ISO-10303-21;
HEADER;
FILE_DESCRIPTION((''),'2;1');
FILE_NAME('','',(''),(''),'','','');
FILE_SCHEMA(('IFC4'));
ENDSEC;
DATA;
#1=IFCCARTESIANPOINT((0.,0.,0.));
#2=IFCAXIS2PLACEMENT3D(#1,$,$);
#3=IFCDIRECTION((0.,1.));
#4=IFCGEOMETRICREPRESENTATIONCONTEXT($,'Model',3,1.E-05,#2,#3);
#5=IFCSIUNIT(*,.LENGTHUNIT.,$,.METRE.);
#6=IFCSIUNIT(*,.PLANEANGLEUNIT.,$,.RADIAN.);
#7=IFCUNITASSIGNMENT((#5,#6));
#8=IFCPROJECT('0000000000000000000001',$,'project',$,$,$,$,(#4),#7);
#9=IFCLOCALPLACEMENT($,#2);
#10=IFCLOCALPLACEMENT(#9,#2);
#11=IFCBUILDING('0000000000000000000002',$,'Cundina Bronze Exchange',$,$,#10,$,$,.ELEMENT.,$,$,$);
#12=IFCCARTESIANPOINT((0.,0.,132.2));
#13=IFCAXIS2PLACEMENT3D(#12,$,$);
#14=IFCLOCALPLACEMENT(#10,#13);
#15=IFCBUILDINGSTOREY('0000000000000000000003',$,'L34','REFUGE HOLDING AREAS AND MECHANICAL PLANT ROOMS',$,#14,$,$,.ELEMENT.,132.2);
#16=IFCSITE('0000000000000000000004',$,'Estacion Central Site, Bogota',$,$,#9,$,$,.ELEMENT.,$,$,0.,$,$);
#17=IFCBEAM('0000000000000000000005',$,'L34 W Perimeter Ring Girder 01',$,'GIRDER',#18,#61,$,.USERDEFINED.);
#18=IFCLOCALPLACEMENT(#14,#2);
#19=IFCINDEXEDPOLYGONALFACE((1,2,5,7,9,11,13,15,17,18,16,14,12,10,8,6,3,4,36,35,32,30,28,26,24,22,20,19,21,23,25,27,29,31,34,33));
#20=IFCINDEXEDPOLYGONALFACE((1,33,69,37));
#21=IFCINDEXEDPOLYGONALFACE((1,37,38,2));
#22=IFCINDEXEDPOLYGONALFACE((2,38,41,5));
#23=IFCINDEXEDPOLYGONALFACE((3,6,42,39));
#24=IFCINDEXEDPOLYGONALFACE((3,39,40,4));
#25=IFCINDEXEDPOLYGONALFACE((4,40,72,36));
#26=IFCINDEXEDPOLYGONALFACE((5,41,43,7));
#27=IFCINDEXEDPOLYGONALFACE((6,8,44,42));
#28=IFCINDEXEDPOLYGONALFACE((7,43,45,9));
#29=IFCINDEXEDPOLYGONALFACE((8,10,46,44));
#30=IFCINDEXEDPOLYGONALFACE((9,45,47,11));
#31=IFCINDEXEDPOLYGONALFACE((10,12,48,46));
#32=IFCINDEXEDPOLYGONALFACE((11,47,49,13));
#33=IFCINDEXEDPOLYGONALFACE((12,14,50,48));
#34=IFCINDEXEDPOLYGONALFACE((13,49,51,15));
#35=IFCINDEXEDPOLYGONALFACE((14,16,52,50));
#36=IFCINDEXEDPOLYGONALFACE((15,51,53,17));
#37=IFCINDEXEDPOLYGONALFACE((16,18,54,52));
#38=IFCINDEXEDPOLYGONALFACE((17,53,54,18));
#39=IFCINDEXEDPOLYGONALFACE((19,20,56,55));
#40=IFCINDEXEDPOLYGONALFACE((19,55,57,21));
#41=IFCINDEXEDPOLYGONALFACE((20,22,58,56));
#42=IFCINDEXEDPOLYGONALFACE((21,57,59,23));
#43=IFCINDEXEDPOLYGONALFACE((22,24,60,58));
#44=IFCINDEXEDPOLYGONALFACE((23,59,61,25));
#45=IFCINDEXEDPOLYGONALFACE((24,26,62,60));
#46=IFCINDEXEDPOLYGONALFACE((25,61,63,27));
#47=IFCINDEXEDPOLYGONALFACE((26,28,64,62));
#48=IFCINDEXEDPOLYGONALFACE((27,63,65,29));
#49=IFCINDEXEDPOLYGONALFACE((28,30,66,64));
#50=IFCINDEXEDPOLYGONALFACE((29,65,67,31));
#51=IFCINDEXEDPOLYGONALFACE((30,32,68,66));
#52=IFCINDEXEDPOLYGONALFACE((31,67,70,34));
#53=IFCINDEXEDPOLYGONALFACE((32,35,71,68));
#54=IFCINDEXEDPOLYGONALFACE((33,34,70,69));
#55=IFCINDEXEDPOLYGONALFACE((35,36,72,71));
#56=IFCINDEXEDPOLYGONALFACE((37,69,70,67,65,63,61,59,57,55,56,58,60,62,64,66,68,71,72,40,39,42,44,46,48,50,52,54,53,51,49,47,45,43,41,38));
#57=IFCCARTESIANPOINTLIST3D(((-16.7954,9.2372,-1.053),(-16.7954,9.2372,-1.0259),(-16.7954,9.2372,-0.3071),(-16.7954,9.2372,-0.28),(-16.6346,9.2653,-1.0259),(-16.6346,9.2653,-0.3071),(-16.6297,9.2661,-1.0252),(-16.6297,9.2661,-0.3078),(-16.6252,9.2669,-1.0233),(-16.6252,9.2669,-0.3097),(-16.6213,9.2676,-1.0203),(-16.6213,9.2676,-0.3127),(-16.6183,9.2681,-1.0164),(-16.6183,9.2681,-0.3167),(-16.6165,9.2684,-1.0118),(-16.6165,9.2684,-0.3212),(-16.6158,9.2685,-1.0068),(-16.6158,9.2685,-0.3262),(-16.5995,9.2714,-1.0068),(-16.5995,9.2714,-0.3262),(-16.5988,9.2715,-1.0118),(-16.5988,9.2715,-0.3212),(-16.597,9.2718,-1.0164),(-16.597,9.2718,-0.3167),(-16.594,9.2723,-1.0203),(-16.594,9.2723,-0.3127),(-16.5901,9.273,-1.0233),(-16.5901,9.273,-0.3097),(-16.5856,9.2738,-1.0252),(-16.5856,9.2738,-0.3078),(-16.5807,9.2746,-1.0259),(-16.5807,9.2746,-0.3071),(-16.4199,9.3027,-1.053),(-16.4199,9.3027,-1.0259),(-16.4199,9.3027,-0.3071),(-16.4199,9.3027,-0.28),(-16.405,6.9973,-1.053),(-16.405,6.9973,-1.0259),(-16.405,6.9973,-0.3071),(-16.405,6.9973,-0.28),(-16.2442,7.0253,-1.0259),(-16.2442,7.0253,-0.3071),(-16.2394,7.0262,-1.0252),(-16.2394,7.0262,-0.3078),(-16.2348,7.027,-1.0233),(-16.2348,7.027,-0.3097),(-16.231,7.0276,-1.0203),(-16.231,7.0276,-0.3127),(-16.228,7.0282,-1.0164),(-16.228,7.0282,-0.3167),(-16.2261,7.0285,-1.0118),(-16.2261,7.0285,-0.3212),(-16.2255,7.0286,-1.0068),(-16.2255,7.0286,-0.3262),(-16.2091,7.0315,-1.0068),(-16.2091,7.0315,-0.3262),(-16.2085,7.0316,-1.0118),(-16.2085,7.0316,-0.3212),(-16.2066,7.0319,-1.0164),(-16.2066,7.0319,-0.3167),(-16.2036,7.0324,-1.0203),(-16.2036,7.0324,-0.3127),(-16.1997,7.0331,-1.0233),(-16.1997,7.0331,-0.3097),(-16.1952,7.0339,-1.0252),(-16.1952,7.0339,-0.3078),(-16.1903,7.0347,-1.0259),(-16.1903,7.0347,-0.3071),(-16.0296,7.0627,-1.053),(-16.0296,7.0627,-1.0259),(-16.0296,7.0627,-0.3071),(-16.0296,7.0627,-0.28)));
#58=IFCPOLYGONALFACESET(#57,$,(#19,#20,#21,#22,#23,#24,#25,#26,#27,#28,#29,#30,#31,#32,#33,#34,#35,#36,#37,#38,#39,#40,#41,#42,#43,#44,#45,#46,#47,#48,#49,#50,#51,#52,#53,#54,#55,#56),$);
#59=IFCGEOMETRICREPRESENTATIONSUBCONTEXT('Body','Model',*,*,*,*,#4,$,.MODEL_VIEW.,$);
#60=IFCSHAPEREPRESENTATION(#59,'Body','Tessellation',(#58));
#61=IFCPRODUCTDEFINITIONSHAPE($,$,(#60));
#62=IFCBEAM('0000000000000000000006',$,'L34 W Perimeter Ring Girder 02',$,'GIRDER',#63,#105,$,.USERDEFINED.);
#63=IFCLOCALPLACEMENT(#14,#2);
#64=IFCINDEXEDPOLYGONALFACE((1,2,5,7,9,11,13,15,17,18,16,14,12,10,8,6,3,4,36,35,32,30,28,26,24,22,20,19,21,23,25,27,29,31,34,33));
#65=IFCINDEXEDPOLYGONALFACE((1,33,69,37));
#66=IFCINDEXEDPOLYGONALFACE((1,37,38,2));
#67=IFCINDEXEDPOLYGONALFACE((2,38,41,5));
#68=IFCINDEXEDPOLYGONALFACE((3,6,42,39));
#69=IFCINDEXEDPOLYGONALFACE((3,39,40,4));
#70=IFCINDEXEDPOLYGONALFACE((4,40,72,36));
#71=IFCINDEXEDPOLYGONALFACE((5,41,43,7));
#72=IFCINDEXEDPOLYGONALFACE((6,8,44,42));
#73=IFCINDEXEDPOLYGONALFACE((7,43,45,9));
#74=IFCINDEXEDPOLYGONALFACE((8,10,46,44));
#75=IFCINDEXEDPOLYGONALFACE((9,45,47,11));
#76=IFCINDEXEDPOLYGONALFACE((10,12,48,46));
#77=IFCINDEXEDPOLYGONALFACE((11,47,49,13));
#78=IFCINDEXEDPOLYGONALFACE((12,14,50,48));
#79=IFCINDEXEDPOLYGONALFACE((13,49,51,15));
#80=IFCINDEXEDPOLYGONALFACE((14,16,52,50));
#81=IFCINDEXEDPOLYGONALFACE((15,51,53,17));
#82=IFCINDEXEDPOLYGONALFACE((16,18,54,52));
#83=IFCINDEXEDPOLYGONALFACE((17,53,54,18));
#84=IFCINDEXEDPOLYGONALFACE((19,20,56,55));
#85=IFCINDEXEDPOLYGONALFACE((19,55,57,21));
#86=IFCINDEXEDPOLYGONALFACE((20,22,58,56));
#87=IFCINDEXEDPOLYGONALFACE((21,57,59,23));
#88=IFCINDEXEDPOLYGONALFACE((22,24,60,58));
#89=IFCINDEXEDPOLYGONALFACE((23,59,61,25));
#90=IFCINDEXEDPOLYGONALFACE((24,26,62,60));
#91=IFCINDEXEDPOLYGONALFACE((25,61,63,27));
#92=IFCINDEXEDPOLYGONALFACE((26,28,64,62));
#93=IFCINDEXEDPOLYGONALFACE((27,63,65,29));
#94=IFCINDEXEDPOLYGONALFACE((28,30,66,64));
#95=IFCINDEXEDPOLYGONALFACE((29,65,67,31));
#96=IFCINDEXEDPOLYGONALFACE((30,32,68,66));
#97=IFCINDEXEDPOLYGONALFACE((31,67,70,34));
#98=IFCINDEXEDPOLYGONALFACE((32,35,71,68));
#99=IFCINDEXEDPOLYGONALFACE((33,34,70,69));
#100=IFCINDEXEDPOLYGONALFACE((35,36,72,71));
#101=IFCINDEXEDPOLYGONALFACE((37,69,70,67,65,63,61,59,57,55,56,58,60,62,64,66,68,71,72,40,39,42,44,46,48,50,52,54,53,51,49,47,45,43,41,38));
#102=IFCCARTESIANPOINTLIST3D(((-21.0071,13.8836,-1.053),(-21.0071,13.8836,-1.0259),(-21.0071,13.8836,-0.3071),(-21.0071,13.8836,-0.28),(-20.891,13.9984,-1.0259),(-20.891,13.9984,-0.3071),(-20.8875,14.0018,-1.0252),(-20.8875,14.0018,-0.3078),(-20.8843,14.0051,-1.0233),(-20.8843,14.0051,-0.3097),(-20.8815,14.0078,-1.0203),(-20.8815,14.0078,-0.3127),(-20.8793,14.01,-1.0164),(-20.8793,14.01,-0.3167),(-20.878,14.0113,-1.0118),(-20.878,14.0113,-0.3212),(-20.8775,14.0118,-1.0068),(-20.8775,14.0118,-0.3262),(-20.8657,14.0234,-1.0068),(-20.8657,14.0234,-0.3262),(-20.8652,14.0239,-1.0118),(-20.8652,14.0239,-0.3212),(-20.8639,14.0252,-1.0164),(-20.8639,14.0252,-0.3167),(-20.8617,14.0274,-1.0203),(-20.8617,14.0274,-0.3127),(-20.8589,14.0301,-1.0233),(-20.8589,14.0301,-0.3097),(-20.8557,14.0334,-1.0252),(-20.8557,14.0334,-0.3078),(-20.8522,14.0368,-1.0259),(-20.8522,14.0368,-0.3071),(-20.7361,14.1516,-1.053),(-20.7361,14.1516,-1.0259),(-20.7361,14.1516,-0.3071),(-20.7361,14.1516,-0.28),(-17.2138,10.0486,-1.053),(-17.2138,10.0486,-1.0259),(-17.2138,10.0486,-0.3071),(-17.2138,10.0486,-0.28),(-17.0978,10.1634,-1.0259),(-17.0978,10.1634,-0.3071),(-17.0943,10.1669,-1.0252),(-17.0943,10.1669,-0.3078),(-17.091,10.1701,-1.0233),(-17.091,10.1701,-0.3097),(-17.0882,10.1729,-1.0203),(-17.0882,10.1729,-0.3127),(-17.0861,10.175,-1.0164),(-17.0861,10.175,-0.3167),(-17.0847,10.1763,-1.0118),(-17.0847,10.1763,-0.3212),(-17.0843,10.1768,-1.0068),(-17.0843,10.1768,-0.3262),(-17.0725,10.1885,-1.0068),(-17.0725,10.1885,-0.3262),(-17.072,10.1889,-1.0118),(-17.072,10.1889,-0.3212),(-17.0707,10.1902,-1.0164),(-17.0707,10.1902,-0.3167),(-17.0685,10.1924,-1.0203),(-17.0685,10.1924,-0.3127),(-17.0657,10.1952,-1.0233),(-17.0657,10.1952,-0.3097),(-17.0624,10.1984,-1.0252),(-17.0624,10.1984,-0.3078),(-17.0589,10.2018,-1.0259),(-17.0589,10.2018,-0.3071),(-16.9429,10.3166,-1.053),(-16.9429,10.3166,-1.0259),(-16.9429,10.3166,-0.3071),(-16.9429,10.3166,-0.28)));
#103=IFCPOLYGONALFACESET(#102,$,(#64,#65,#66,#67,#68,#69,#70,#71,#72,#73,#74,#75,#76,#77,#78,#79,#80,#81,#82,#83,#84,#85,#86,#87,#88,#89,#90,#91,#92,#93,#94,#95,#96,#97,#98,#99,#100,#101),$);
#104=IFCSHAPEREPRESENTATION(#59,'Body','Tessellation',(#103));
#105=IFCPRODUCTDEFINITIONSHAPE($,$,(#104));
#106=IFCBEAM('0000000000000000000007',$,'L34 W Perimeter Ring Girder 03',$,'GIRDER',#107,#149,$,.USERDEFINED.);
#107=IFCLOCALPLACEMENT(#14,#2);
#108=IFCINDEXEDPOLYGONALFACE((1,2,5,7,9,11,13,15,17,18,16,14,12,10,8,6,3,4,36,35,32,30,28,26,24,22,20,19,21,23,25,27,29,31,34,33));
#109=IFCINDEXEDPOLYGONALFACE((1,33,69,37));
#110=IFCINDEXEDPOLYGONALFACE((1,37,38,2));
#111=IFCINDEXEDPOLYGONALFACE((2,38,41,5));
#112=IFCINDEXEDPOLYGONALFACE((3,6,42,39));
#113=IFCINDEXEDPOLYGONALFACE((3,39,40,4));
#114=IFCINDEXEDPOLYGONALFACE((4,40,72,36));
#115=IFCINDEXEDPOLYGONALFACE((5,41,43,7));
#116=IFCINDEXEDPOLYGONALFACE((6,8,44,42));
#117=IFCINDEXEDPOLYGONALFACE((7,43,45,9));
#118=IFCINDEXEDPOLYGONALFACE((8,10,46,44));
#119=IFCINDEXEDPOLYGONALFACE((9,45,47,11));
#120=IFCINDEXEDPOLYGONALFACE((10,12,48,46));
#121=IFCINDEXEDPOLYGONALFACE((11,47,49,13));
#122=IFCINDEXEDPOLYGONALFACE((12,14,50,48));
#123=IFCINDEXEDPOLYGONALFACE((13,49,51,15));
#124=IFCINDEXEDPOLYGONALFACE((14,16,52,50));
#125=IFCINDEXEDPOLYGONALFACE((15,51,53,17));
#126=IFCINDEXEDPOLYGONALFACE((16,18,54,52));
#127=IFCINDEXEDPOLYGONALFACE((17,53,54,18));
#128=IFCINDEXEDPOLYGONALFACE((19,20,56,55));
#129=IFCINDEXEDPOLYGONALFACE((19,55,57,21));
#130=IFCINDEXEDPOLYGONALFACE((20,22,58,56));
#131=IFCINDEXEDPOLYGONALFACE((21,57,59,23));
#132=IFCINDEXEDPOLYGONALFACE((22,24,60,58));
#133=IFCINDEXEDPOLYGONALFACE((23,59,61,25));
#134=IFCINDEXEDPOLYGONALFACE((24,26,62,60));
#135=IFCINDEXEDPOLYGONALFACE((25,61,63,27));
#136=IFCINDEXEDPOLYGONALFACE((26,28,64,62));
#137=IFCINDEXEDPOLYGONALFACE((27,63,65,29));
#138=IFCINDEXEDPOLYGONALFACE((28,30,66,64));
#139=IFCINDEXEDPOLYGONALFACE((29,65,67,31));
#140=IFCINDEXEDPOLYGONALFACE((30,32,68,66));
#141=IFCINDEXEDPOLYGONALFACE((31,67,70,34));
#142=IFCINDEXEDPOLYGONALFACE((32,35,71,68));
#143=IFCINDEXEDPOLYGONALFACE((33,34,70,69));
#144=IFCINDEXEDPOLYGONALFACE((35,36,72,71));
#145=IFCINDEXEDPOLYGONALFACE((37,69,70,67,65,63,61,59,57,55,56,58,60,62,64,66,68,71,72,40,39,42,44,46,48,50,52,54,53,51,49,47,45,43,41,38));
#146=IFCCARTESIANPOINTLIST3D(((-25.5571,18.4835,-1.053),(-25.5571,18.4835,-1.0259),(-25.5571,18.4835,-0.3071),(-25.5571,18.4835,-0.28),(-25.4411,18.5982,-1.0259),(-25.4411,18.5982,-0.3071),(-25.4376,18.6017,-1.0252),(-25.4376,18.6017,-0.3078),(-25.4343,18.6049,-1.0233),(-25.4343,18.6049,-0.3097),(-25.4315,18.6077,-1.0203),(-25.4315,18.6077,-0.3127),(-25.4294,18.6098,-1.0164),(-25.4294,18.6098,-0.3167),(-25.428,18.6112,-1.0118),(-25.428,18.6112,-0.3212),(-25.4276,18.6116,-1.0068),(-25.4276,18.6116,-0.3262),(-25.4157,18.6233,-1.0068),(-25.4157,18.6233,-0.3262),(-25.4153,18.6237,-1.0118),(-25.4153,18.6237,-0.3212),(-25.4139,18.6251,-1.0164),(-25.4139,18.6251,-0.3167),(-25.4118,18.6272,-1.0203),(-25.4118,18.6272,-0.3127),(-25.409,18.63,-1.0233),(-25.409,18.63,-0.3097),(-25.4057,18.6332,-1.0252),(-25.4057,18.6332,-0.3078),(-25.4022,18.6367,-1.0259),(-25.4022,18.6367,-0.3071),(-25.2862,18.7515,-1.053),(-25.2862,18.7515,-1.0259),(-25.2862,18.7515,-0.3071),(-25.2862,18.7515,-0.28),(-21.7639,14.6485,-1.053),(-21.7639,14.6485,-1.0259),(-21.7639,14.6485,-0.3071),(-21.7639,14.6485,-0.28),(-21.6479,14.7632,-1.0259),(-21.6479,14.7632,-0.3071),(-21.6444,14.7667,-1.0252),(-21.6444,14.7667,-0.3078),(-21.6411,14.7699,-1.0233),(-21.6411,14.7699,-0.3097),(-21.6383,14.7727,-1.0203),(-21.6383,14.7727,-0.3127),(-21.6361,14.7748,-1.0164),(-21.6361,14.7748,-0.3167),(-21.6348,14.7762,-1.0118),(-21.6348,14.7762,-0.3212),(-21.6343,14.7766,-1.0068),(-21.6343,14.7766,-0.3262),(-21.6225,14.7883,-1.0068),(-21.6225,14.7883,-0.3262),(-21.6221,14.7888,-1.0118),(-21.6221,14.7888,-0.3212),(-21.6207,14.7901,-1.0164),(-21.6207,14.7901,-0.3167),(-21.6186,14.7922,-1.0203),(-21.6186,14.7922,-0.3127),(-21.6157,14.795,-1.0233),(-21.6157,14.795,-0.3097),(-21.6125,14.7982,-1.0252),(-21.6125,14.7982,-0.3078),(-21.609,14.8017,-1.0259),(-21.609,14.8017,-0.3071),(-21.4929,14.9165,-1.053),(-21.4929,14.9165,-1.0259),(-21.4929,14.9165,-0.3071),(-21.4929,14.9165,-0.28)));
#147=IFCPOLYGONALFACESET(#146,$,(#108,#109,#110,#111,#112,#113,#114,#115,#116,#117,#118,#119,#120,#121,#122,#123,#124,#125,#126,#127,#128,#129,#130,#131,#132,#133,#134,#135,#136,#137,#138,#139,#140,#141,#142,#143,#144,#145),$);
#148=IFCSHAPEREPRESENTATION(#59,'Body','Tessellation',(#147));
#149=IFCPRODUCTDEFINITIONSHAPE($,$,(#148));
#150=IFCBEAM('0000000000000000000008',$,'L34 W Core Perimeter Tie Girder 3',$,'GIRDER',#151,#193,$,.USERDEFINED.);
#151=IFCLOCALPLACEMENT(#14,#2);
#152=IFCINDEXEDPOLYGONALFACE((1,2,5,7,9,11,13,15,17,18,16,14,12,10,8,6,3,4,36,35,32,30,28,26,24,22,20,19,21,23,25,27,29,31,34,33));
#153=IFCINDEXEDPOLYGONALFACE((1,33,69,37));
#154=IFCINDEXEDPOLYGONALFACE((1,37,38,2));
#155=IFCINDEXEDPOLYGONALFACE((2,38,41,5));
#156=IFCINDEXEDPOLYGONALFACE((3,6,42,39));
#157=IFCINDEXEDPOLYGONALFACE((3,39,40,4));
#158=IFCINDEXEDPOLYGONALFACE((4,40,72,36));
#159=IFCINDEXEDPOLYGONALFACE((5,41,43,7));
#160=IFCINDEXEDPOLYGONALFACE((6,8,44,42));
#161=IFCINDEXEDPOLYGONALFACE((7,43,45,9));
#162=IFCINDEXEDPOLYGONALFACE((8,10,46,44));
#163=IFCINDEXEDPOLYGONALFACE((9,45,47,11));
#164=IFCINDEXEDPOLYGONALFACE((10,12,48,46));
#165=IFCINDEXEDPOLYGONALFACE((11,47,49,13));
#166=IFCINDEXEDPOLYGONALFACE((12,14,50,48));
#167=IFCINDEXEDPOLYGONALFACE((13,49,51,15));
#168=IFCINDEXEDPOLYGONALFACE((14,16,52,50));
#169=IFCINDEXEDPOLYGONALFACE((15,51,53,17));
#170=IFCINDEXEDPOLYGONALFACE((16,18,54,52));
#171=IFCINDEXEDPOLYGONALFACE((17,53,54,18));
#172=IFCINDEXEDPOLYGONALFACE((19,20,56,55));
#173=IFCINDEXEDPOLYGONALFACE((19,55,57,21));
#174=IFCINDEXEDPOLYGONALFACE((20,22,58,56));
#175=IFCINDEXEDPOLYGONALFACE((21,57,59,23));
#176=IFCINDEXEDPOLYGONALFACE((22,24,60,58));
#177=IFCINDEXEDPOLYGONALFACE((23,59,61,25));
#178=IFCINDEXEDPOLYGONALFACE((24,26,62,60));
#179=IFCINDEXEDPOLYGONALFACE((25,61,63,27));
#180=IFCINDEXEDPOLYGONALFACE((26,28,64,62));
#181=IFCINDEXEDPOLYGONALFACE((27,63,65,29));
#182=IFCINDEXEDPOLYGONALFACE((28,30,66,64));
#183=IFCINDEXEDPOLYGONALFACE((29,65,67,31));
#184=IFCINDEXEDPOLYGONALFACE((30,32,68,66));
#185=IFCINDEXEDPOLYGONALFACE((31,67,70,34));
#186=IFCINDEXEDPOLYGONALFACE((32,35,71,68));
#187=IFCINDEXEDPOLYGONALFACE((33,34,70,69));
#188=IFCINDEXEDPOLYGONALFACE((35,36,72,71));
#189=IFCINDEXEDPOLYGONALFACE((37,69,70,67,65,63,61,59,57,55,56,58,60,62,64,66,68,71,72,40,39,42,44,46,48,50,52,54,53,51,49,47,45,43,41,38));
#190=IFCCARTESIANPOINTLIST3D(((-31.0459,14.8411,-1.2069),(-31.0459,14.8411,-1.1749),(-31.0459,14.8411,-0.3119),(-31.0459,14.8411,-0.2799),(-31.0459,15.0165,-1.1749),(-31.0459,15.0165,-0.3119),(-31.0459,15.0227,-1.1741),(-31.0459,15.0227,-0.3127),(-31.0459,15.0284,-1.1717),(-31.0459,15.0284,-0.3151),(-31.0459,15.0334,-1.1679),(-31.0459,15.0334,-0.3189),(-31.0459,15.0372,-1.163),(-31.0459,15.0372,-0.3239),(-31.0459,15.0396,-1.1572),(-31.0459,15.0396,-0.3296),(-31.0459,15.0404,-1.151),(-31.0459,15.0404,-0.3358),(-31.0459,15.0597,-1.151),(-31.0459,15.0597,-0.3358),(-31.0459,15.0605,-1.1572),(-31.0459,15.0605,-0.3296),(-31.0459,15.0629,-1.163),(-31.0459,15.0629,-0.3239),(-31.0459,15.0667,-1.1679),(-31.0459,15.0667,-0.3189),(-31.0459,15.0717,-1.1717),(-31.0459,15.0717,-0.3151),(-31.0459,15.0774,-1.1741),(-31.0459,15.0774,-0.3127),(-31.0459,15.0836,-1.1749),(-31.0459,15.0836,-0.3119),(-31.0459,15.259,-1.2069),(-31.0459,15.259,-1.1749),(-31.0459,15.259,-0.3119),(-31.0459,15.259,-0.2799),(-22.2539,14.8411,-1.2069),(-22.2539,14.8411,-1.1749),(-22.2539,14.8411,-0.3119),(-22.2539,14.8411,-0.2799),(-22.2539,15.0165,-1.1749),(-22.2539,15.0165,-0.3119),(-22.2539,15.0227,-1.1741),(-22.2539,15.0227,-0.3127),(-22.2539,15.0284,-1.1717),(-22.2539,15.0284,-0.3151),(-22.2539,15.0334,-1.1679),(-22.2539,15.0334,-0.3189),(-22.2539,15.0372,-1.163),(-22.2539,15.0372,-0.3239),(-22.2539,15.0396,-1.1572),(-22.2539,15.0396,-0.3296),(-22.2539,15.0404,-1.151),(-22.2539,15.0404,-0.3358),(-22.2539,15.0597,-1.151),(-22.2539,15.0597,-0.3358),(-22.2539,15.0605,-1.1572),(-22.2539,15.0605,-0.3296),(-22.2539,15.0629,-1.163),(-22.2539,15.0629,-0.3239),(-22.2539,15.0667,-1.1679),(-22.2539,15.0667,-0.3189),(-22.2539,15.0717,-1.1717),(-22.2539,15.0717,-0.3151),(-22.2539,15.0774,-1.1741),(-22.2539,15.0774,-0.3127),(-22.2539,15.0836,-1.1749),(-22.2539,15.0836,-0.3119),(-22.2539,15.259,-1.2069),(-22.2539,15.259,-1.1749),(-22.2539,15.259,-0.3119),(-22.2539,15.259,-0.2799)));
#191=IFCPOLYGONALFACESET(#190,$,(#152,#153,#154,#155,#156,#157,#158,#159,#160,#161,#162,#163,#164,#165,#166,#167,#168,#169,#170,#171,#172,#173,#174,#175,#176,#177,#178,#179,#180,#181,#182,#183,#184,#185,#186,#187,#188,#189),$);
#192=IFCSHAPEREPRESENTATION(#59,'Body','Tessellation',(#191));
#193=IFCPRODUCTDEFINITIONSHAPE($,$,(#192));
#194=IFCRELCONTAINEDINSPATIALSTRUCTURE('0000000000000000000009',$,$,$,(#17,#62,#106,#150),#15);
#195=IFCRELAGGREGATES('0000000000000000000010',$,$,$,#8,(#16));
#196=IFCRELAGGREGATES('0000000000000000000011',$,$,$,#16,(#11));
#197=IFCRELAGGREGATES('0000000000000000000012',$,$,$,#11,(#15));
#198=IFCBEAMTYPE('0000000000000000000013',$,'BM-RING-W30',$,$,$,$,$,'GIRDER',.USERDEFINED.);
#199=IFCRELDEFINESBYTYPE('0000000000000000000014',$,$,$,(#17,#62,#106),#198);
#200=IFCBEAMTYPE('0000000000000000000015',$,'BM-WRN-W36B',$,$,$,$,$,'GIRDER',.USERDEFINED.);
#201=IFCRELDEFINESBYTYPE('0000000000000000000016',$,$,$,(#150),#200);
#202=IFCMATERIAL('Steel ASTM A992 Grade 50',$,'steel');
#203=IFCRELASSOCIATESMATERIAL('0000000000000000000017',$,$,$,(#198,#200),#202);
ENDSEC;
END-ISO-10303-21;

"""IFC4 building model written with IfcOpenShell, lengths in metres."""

from ifc_helpers import new_model, si_unit, direction, frame, origin, origin_2d, place, context, subcontext, project, spatial, i_section, extrude, material, material_profile, profile_set, type_object, element, save


model = new_model("IFC4")

# Units and contexts
model_context = context("Model", 3, precision=1e-05, world=origin(), true_north=direction((0.0, 1.0)))
body_context = subcontext(model_context, "Body", "Model", "MODEL_VIEW")
ifc_project = project(units=[si_unit("LENGTHUNIT", "METRE"), si_unit("PLANEANGLEUNIT", "RADIAN")], contexts=[model_context])

# Site, building, storey
site_placement = place(None, origin())
site = spatial("IfcSite", under=ifc_project, at=site_placement, Name="Estacion Central Site, Bogota", CompositionType="ELEMENT", RefElevation=0.0)
building_placement = place(site_placement, origin())
building = spatial("IfcBuilding", under=site, at=building_placement, Name="Cundina Bronze Exchange", CompositionType="ELEMENT")
storey_placement = place(building_placement, frame((0.0, 0.0, 132.2)))
storey = spatial("IfcBuildingStorey", under=building, at=storey_placement, Name="L34", Description="REFUGE HOLDING AREAS AND MECHANICAL PLANT ROOMS", CompositionType="ELEMENT", Elevation=132.2)

# Shared definitions
ifc_material_1 = material(Name="Steel ASTM A992 Grade 50", Category="steel")

# Beams
ifc_material_profile_1 = material_profile(ifc_material_1, i_section(OverallWidth=0.3811, OverallDepth=0.7729, WebThickness=0.0166, FlangeThickness=0.0271, FilletRadius=0.019, at=origin_2d()), Name="W30X173", Category="steel")
ifc_profile_set_1 = profile_set([ifc_material_profile_1], Name="Steel ASTM A992 Grade 50")
beam_type_1 = type_object("IfcBeamType", Name="BM-RING-W30", ElementType="GIRDER", PredefinedType="USERDEFINED", material=ifc_profile_set_1)
beam_1_placement = place(storey_placement, frame((-16.2173, 7.03, -0.6665), z_axis=(-0.17169, 0.985151, 0.0), x_axis=(-0.985151, -0.17169, 0.0)))
element("IfcBeam", 1, at=beam_1_placement, inside=storey, type_object=beam_type_1, Name="L34 W Perimeter Ring Girder 01", ObjectType="GIRDER", PredefinedType="USERDEFINED", context=body_context, shape_type="SweptSolid", body=[
    extrude(i_section(OverallWidth=0.3811, OverallDepth=0.7729, WebThickness=0.0166, FlangeThickness=0.0271, FilletRadius=0.019, at=origin_2d()), origin(), (0.0, 0.0, 1.0), 2.2737),
])
for number, where, z_axis, x_axis, name in (
    (2, (-17.0784, 10.1826, -0.6665), (-0.703226, 0.710966, 0.0), (-0.710966, -0.703226, 0.0), "L34 W Perimeter Ring Girder 02"),
    (3, (-21.6284, 14.7825, -0.6665), (-0.703226, 0.710966, 0.0), (-0.710966, -0.703226, 0.0), "L34 W Perimeter Ring Girder 03"),
):
    element("IfcBeam", number, at=place(storey_placement, frame(where, z_axis=z_axis, x_axis=x_axis)), inside=storey, type_object=beam_type_1, Name=name, ObjectType="GIRDER", PredefinedType="USERDEFINED", context=body_context, shape_type="SweptSolid", body=[
        extrude(i_section(OverallWidth=0.3811, OverallDepth=0.7729, WebThickness=0.0166, FlangeThickness=0.0271, FilletRadius=0.019, at=origin_2d()), origin(), (0.0, 0.0, 1.0), 5.394),
    ])
ifc_material_profile_2 = material_profile(ifc_material_1, i_section(OverallWidth=0.418, OverallDepth=0.927, WebThickness=0.0193, FlangeThickness=0.032, FilletRadius=0.0239, at=origin_2d()), Name="W36X231", Category="steel")
ifc_profile_set_2 = profile_set([ifc_material_profile_2], Name="Steel ASTM A992 Grade 50")
beam_type_2 = type_object("IfcBeamType", Name="BM-WRN-W36B", ElementType="GIRDER", PredefinedType="USERDEFINED", material=ifc_profile_set_2)
beam_2_placement = place(storey_placement, frame((-22.2539, 15.05, -0.7434), z_axis=(-1.0, 0.0, 0.0), x_axis=(0.0, -1.0, 0.0)))
element("IfcBeam", 4, at=beam_2_placement, inside=storey, type_object=beam_type_2, Name="L34 W Core Perimeter Tie Girder 3", ObjectType="GIRDER", PredefinedType="USERDEFINED", context=body_context, shape_type="SweptSolid", body=[
    extrude(i_section(OverallWidth=0.418, OverallDepth=0.927, WebThickness=0.0193, FlangeThickness=0.032, FilletRadius=0.0239, at=origin_2d()), origin(), (0.0, 0.0, 1.0), 8.792),
])

save(model, "model.ifc")
